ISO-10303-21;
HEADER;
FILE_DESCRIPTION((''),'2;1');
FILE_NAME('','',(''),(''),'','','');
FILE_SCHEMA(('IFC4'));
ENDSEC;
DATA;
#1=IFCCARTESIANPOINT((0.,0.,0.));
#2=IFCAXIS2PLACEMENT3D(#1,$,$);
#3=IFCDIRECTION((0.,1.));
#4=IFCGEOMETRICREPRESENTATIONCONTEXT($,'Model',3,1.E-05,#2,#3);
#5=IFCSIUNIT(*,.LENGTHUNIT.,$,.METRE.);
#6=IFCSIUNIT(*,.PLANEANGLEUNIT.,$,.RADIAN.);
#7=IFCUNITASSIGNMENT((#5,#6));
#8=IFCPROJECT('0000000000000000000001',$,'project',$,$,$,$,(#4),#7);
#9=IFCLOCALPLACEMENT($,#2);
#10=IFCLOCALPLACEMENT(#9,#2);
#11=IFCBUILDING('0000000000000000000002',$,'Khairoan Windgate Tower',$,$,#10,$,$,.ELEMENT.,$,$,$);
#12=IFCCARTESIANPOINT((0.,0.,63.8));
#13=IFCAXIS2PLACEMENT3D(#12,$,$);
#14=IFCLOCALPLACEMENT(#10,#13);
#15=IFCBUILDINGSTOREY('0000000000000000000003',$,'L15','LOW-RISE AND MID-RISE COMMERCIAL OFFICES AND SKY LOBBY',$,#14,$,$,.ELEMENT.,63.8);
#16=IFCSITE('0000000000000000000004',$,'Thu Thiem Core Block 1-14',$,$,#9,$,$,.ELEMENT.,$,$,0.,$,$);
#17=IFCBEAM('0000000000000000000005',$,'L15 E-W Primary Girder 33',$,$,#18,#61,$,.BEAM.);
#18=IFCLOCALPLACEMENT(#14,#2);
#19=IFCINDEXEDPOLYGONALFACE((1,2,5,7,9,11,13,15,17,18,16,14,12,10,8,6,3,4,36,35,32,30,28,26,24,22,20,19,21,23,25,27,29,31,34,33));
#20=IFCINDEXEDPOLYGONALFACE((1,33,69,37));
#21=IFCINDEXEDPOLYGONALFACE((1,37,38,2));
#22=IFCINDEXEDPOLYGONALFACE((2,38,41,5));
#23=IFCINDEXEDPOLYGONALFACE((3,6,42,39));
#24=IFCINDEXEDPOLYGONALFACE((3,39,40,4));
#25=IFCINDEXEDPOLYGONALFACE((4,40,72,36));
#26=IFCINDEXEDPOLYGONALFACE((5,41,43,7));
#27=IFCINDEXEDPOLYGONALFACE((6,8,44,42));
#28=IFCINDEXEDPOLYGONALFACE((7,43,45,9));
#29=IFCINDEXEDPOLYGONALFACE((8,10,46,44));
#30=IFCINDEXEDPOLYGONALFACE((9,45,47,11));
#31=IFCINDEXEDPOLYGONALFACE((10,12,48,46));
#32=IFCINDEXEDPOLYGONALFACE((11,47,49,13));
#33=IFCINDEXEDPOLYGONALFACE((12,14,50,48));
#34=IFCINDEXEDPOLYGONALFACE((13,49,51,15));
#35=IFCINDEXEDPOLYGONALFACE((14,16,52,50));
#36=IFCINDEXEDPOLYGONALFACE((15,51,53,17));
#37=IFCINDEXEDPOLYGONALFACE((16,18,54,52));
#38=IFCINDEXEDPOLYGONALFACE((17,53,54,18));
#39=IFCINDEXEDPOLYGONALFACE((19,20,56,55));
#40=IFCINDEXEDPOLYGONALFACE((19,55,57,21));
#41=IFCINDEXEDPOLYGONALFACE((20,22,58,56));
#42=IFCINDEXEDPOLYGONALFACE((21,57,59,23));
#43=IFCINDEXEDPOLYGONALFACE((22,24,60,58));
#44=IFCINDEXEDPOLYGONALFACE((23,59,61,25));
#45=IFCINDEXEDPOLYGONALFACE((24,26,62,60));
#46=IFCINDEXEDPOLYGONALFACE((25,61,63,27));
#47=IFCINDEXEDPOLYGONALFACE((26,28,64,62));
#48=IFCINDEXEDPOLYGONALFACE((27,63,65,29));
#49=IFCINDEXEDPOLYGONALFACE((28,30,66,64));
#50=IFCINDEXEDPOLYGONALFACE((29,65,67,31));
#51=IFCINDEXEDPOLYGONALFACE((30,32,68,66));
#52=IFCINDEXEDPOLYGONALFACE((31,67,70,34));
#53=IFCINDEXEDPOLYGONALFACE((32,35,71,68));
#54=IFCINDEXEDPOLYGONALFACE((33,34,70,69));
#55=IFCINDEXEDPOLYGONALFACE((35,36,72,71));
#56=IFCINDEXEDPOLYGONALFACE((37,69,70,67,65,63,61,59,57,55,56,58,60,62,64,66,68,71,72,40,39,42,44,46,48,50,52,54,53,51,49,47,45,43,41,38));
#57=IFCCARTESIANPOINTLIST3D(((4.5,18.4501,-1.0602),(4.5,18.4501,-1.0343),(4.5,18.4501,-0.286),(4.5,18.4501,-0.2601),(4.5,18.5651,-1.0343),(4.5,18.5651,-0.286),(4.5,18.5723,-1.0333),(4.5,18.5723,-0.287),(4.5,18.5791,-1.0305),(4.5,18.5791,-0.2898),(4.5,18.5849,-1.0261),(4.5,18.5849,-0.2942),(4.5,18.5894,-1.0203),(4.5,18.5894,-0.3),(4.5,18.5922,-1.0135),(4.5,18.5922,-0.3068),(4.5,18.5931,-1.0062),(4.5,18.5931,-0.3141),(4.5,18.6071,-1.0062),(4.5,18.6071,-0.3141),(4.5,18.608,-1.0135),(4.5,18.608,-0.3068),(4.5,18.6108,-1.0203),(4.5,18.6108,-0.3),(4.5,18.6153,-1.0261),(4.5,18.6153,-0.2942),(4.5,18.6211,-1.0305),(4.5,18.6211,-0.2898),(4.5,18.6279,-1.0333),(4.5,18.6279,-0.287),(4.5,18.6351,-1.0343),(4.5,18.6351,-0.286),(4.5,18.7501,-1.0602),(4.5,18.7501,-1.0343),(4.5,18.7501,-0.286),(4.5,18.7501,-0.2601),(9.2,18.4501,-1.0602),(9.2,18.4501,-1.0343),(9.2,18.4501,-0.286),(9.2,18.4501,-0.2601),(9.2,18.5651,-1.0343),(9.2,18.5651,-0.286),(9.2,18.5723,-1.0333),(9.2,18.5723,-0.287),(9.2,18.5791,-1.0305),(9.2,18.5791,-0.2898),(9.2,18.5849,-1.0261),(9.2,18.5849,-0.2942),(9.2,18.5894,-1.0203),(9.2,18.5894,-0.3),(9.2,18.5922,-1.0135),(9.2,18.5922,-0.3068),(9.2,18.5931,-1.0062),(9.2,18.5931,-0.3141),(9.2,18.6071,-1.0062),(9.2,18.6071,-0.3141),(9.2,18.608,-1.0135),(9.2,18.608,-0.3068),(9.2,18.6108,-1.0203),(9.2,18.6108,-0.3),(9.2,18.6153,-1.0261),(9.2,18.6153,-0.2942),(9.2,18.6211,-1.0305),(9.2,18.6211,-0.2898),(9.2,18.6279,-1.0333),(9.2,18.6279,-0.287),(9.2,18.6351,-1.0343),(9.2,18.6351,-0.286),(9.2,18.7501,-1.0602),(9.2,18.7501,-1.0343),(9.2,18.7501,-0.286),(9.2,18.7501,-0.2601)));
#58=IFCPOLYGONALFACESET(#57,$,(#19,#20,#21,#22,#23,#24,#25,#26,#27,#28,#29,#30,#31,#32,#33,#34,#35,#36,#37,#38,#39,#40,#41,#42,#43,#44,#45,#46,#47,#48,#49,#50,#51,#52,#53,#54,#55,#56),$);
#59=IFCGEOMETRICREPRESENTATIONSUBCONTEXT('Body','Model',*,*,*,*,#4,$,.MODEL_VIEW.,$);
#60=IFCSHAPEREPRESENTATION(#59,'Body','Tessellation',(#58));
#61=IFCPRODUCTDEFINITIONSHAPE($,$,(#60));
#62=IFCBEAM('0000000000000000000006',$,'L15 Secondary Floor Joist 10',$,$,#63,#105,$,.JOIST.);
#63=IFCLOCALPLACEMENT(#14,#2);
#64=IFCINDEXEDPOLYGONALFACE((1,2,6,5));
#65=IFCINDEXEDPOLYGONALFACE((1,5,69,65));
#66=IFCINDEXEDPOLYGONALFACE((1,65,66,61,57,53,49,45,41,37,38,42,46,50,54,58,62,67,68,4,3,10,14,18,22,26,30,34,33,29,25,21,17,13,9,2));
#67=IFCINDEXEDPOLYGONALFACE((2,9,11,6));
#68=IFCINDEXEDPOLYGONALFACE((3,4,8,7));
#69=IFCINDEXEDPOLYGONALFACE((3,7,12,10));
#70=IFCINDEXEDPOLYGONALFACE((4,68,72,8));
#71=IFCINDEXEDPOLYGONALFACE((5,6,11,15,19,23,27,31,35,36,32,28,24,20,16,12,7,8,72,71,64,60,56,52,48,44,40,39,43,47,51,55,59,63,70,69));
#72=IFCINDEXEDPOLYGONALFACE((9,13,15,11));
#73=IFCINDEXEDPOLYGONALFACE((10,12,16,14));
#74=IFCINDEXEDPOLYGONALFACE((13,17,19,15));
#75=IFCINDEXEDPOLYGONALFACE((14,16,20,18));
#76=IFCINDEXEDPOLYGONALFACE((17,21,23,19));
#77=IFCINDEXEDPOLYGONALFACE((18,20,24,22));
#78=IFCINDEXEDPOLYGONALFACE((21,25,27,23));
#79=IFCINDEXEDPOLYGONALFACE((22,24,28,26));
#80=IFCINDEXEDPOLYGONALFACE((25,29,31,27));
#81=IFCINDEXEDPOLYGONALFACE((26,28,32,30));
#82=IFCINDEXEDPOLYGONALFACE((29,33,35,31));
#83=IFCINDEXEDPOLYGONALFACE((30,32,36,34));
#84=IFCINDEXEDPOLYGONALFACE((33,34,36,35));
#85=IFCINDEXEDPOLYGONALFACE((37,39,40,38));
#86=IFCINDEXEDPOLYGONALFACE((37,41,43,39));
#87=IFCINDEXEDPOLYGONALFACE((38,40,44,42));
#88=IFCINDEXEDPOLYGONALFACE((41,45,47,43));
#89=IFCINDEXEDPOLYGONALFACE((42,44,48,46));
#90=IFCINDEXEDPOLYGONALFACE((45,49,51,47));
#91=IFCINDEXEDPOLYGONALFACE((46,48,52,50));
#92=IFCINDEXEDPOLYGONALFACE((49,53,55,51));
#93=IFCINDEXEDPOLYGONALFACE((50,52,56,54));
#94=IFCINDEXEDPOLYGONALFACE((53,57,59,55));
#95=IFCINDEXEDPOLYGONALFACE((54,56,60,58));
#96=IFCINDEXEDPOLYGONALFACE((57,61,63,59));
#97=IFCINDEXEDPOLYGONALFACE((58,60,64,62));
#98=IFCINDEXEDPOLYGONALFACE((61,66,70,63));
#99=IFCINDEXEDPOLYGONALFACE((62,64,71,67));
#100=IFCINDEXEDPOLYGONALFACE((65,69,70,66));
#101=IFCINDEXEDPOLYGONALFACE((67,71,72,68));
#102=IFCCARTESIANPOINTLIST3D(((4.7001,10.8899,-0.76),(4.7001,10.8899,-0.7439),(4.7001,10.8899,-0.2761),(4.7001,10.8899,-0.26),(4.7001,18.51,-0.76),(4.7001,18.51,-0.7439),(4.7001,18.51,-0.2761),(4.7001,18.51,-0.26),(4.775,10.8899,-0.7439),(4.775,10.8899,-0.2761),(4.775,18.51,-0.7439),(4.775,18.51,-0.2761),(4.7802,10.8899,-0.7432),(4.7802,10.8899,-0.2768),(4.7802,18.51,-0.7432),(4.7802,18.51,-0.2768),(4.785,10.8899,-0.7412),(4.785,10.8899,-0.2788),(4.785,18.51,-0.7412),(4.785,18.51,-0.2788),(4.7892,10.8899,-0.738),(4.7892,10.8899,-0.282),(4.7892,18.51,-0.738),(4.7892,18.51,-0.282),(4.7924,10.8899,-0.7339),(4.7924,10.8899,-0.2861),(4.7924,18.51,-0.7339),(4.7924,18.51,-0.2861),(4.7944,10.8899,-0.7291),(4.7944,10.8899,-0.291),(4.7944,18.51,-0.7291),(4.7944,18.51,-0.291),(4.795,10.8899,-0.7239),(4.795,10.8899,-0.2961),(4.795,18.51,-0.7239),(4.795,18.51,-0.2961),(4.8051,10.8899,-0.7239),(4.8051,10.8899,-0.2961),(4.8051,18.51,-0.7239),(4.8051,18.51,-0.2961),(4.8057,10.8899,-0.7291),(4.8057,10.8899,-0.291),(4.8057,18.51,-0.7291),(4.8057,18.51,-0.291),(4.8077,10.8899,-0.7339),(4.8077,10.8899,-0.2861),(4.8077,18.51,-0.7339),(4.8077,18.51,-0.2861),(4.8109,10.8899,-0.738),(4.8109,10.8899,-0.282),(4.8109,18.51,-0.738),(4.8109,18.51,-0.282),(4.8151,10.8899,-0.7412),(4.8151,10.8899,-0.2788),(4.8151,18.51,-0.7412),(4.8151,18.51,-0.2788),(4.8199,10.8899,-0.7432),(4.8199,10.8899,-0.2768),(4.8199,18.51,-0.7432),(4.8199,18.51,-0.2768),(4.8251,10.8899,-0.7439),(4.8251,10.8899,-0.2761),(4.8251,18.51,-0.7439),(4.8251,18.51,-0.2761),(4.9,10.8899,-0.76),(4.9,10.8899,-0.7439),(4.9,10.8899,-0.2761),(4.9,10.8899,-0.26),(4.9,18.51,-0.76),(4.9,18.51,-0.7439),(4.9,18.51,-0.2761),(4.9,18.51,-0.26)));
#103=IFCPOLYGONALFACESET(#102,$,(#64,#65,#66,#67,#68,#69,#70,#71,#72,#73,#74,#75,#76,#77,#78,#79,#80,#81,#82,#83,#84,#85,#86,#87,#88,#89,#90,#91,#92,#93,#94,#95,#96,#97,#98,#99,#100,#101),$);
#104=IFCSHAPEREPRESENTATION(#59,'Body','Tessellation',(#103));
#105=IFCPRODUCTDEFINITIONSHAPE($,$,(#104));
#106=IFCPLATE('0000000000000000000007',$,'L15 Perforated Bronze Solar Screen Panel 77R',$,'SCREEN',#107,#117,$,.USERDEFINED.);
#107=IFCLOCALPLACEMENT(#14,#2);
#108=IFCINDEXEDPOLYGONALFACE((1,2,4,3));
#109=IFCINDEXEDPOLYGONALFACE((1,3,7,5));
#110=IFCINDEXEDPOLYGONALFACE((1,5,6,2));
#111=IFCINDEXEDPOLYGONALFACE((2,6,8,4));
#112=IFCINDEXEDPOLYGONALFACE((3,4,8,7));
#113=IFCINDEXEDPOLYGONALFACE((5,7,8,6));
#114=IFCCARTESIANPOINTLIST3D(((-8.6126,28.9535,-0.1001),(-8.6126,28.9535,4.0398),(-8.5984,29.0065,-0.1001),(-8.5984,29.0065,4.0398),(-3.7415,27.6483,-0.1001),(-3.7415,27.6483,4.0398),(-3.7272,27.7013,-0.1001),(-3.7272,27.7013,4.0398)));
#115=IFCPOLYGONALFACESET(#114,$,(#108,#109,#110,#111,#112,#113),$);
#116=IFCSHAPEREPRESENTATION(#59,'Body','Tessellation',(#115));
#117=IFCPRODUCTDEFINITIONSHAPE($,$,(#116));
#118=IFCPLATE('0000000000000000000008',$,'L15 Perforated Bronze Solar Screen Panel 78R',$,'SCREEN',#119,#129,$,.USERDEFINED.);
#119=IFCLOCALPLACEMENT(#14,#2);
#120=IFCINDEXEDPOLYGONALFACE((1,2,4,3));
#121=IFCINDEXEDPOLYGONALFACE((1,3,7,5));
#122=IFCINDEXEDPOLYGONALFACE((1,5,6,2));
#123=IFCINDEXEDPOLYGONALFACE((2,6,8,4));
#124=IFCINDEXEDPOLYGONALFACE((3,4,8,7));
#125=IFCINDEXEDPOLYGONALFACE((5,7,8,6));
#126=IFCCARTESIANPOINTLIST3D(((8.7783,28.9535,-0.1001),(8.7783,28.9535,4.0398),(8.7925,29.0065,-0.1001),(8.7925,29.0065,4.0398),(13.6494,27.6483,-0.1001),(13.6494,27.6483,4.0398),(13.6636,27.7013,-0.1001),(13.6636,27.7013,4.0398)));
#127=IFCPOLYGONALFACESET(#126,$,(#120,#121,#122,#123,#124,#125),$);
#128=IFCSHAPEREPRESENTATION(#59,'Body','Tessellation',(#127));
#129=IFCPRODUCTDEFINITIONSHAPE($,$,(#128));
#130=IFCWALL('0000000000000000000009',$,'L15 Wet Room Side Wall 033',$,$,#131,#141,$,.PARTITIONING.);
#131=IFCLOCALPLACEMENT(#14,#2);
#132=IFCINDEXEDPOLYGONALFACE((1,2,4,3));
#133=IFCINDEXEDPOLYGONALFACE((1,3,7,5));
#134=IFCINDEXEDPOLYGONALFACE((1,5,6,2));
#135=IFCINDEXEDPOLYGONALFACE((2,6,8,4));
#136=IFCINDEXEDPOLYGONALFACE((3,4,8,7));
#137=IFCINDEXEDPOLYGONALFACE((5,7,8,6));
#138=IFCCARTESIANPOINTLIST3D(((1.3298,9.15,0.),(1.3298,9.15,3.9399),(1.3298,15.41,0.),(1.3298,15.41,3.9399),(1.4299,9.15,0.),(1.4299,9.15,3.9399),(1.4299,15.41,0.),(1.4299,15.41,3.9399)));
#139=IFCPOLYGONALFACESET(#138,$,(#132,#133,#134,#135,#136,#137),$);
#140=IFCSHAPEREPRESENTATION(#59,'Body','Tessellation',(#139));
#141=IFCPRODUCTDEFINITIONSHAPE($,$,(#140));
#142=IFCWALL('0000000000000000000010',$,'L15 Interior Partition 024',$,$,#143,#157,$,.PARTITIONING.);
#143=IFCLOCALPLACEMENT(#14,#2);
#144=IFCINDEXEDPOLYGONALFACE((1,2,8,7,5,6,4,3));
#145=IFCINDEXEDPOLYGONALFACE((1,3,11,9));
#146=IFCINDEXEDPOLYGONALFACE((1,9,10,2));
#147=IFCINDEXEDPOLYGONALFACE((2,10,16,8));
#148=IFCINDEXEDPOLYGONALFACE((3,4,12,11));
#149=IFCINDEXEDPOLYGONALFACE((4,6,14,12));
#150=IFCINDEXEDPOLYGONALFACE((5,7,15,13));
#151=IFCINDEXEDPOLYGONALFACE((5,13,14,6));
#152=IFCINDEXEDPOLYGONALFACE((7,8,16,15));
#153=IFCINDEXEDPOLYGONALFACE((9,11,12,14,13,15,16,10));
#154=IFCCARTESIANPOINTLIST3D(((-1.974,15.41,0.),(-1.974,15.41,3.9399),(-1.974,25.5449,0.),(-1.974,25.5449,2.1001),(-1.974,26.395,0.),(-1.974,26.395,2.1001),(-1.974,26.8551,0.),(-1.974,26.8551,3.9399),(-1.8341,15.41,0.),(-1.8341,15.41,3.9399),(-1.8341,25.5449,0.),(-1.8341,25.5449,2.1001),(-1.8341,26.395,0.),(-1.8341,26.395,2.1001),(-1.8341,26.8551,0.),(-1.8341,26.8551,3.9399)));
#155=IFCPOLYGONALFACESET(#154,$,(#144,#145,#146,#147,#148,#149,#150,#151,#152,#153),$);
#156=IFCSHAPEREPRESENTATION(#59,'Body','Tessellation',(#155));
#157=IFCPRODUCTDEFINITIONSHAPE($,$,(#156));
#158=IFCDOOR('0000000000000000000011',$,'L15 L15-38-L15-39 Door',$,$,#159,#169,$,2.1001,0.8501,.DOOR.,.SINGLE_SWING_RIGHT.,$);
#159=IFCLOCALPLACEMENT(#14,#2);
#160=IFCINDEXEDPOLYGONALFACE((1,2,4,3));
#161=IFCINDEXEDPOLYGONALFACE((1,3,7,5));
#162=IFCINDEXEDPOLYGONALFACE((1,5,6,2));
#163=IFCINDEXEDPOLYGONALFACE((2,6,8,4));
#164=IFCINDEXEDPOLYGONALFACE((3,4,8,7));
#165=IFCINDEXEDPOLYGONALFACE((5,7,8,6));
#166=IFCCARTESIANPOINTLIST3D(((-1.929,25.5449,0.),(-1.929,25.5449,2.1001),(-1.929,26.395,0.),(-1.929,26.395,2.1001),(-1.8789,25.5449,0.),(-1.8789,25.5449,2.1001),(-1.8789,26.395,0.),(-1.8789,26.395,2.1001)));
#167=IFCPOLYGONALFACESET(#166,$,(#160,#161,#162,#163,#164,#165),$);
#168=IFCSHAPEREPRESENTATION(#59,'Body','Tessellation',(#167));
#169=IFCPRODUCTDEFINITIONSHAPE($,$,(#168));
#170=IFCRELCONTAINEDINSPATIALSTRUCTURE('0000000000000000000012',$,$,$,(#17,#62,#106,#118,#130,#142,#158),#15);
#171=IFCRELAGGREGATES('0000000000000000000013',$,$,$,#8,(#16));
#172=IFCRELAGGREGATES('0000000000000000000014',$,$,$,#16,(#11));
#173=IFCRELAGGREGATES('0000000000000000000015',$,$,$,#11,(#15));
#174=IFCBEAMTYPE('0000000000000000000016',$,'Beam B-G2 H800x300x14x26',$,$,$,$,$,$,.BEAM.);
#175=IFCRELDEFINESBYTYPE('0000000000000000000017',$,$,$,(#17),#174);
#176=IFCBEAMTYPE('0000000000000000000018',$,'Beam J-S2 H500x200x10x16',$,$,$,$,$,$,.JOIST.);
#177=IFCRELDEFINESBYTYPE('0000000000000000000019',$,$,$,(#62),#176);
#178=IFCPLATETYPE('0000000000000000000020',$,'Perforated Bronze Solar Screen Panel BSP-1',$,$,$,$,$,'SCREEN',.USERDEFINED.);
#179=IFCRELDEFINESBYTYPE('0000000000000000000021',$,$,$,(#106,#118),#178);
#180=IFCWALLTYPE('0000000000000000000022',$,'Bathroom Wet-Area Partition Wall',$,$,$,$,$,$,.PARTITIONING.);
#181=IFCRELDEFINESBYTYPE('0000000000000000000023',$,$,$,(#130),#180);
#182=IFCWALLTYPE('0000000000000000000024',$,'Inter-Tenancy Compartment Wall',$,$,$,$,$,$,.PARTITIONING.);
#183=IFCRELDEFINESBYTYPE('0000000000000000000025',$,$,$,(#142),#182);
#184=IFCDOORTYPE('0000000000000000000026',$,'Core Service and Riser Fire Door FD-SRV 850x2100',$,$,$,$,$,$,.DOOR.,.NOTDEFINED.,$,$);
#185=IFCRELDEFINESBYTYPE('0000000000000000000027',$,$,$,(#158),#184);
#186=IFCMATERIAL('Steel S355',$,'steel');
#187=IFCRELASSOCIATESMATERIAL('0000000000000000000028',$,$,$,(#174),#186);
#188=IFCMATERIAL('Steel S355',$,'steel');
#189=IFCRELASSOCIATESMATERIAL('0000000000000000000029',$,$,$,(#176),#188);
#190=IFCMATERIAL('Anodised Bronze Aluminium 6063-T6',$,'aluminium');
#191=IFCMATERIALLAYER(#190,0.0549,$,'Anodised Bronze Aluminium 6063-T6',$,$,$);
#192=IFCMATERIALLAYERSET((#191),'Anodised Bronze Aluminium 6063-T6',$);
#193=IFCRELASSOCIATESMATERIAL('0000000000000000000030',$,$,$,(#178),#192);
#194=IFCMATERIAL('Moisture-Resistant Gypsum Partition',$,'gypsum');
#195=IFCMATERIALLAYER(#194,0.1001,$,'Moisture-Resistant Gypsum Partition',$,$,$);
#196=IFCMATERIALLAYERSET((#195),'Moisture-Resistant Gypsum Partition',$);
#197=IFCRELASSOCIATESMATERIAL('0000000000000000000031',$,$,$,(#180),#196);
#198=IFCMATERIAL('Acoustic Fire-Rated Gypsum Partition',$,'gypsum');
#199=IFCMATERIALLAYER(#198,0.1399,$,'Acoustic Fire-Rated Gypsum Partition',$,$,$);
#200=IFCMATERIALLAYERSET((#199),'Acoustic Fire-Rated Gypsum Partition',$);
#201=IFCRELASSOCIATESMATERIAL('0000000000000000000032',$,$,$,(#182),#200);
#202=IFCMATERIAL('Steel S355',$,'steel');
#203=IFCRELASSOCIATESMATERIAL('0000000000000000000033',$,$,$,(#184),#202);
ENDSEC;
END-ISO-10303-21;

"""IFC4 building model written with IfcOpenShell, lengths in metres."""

from ifc_helpers import new_model, si_unit, direction, frame, frame_2d, origin, origin_2d, place, context, subcontext, project, spatial, rectangle, i_section, extrude, material, layer, layer_set, material_profile, profile_set, type_object, element, fill, save


model = new_model("IFC4")

# Units and contexts
model_context = context("Model", 3, precision=1e-05, world=origin(), true_north=direction((0.0, 1.0)))
body_context = subcontext(model_context, "Body", "Model", "MODEL_VIEW")
ifc_project = project(units=[si_unit("LENGTHUNIT", "METRE"), si_unit("PLANEANGLEUNIT", "RADIAN")], contexts=[model_context])

# Site, building, storey
site_placement = place(None, origin())
site = spatial("IfcSite", under=ifc_project, at=site_placement, Name="Thu Thiem Core Block 1-14", CompositionType="ELEMENT", RefElevation=0.0)
building_placement = place(site_placement, origin())
building = spatial("IfcBuilding", under=site, at=building_placement, Name="Khairoan Windgate Tower", CompositionType="ELEMENT")
storey_placement = place(building_placement, frame((0.0, 0.0, 63.8)))
storey = spatial("IfcBuildingStorey", under=building, at=storey_placement, Name="L15", Description="LOW-RISE AND MID-RISE COMMERCIAL OFFICES AND SKY LOBBY", CompositionType="ELEMENT", Elevation=63.8)

# Beams
ifc_material_1 = material(Name="Steel S355", Category="steel")
ifc_material_profile_1 = material_profile(ifc_material_1, i_section(OverallWidth=0.3, OverallDepth=0.8, WebThickness=0.0139, FlangeThickness=0.0259, FilletRadius=0.0281, at=origin_2d()))
ifc_profile_set_1 = profile_set([ifc_material_profile_1], Name="Steel S355")
beam_type_1 = type_object("IfcBeamType", Name="Beam B-G2 H800x300x14x26", PredefinedType="BEAM", material=ifc_profile_set_1)
beam_1_placement = place(storey_placement, frame((4.5, 18.6001, -0.6602), z_axis=(1.0, 0.0, 0.0), x_axis=(0.0, 1.0, 0.0)))
element("IfcBeam", 1, at=beam_1_placement, inside=storey, type_object=beam_type_1, Name="L15 E-W Primary Girder 33", PredefinedType="BEAM", context=body_context, shape_type="SweptSolid", body=[
    extrude(i_section(OverallWidth=0.3, OverallDepth=0.8, WebThickness=0.0139, FlangeThickness=0.0259, FilletRadius=0.0281, at=origin_2d()), origin(), (0.0, 0.0, 1.0), 4.7),
])
ifc_material_2 = material(Name="Steel S355", Category="steel")
ifc_material_profile_2 = material_profile(ifc_material_2, i_section(OverallWidth=0.2, OverallDepth=0.5, WebThickness=0.01, FlangeThickness=0.0161, FilletRadius=0.02, at=origin_2d()))
ifc_profile_set_2 = profile_set([ifc_material_profile_2], Name="Steel S355")
beam_type_2 = type_object("IfcBeamType", Name="Beam J-S2 H500x200x10x16", PredefinedType="JOIST", material=ifc_profile_set_2)
beam_2_placement = place(storey_placement, frame((4.8, 10.8899, -0.51), z_axis=(0.0, 1.0, 0.0), x_axis=(-1.0, 0.0, 0.0)))
element("IfcBeam", 2, at=beam_2_placement, inside=storey, type_object=beam_type_2, Name="L15 Secondary Floor Joist 10", PredefinedType="JOIST", context=body_context, shape_type="SweptSolid", body=[
    extrude(i_section(OverallWidth=0.2, OverallDepth=0.5, WebThickness=0.01, FlangeThickness=0.0161, FilletRadius=0.02, at=origin_2d()), origin(), (0.0, 0.0, 1.0), 7.6201),
])

# Plates
ifc_material_3 = material(Name="Anodised Bronze Aluminium 6063-T6", Category="aluminium")
ifc_layer_1 = layer(ifc_material_3, 0.0549, Name="Anodised Bronze Aluminium 6063-T6")
ifc_layer_set_1 = layer_set([ifc_layer_1], Name="Anodised Bronze Aluminium 6063-T6")
plate_type = type_object("IfcPlateType", Name="Perforated Bronze Solar Screen Panel BSP-1", ElementType="SCREEN", PredefinedType="USERDEFINED", material=ifc_layer_set_1)
for number, where, z_axis, x_axis, name in (
    (3, (-6.1699, 28.3274, -0.1001), (0.0, 0.0, 1.0), (0.965926, -0.258819, 0.0), "L15 Perforated Bronze Solar Screen Panel 77R"),
    (4, (11.2209, 28.3274, -0.1001), (0.0, 0.0, 1.0), (0.965926, -0.258819, 0.0), "L15 Perforated Bronze Solar Screen Panel 78R"),
):
    element("IfcPlate", number, at=place(storey_placement, frame(where, z_axis=z_axis, x_axis=x_axis)), inside=storey, type_object=plate_type, Name=name, ObjectType="SCREEN", PredefinedType="USERDEFINED", context=body_context, shape_type="SweptSolid", body=[
        extrude(rectangle(XDim=5.043, YDim=0.0549, at=origin_2d()), origin(), (0.0, 0.0, 1.0), 4.1399),
    ])

# Wall
ifc_material_4 = material(Name="Moisture-Resistant Gypsum Partition", Category="gypsum")
ifc_layer_2 = layer(ifc_material_4, 0.1001, Name="Moisture-Resistant Gypsum Partition")
ifc_layer_set_2 = layer_set([ifc_layer_2], Name="Moisture-Resistant Gypsum Partition")
wall_type_1 = type_object("IfcWallType", Name="Bathroom Wet-Area Partition Wall", PredefinedType="PARTITIONING", material=ifc_layer_set_2)
wall_1_placement = place(storey_placement, frame((1.3799, 15.4099, 0.0), z_axis=(0.0, 0.0, 1.0), x_axis=(0.0, -1.0, 0.0)))
element("IfcWall", 5, at=wall_1_placement, inside=storey, type_object=wall_type_1, Name="L15 Wet Room Side Wall 033", PredefinedType="PARTITIONING", context=body_context, shape_type="SweptSolid", body=[
    extrude(rectangle(XDim=6.26, YDim=0.1001, at=frame_2d((3.1299, 0.0))), origin(), (0.0, 0.0, 1.0), 3.9399),
])

# Wall, opening, door
ifc_material_5 = material(Name="Acoustic Fire-Rated Gypsum Partition", Category="gypsum")
ifc_layer_3 = layer(ifc_material_5, 0.1399, Name="Acoustic Fire-Rated Gypsum Partition")
ifc_layer_set_3 = layer_set([ifc_layer_3], Name="Acoustic Fire-Rated Gypsum Partition")
wall_type_2 = type_object("IfcWallType", Name="Inter-Tenancy Compartment Wall", PredefinedType="PARTITIONING", material=ifc_layer_set_3)
wall_2_placement = place(storey_placement, frame((-1.9041, 15.4099, 0.0), z_axis=(0.0, 0.0, 1.0), x_axis=(0.0, 1.0, 0.0)))
wall_2 = element("IfcWall", 6, at=wall_2_placement, inside=storey, type_object=wall_type_2, Name="L15 Interior Partition 024", PredefinedType="PARTITIONING", context=body_context, shape_type="SweptSolid", body=[
    extrude(rectangle(XDim=11.4451, YDim=0.1399, at=frame_2d((5.7227, 0.0))), origin(), (0.0, 0.0, 1.0), 3.9399),
])
opening_1_placement = place(wall_2_placement, frame((10.135, 0.0, 0.0)))
opening_1 = element("IfcOpeningElement", 7, at=opening_1_placement, cuts=wall_2, PredefinedType="OPENING", context=body_context, shape_type="SweptSolid", body=[
    extrude(rectangle(XDim=0.8501, YDim=2.1001, at=frame_2d((0.425, 1.05))), frame((0.0, 0.0798, 0.0), z_axis=(0.0, -1.0, 0.0), x_axis=(1.0, 0.0, 0.0)), (0.0, 0.0, 1.0), 0.1599),
])
ifc_material_6 = material(Name="Steel S355", Category="steel")
door_type = type_object("IfcDoorType", Name="Core Service and Riser Fire Door FD-SRV 850x2100", OperationType="NOTDEFINED", PredefinedType="DOOR", material=ifc_material_6)
door_1_placement = place(opening_1_placement, origin())
door_1 = element("IfcDoor", 8, at=door_1_placement, inside=storey, type_object=door_type, Name="L15 L15-38-L15-39 Door", OperationType="SINGLE_SWING_RIGHT", OverallHeight=2.1001, OverallWidth=0.8501, PredefinedType="DOOR", context=body_context, shape_type="SweptSolid", body=[
    extrude(rectangle(XDim=0.8501, YDim=2.1001, at=frame_2d((0.425, 1.05))), frame((0.0, 0.0249, 0.0), z_axis=(0.0, -1.0, 0.0), x_axis=(1.0, 0.0, 0.0)), (0.0, 0.0, 1.0), 0.05),
])
fill(opening_1, door_1)

save(model, "model.ifc")
